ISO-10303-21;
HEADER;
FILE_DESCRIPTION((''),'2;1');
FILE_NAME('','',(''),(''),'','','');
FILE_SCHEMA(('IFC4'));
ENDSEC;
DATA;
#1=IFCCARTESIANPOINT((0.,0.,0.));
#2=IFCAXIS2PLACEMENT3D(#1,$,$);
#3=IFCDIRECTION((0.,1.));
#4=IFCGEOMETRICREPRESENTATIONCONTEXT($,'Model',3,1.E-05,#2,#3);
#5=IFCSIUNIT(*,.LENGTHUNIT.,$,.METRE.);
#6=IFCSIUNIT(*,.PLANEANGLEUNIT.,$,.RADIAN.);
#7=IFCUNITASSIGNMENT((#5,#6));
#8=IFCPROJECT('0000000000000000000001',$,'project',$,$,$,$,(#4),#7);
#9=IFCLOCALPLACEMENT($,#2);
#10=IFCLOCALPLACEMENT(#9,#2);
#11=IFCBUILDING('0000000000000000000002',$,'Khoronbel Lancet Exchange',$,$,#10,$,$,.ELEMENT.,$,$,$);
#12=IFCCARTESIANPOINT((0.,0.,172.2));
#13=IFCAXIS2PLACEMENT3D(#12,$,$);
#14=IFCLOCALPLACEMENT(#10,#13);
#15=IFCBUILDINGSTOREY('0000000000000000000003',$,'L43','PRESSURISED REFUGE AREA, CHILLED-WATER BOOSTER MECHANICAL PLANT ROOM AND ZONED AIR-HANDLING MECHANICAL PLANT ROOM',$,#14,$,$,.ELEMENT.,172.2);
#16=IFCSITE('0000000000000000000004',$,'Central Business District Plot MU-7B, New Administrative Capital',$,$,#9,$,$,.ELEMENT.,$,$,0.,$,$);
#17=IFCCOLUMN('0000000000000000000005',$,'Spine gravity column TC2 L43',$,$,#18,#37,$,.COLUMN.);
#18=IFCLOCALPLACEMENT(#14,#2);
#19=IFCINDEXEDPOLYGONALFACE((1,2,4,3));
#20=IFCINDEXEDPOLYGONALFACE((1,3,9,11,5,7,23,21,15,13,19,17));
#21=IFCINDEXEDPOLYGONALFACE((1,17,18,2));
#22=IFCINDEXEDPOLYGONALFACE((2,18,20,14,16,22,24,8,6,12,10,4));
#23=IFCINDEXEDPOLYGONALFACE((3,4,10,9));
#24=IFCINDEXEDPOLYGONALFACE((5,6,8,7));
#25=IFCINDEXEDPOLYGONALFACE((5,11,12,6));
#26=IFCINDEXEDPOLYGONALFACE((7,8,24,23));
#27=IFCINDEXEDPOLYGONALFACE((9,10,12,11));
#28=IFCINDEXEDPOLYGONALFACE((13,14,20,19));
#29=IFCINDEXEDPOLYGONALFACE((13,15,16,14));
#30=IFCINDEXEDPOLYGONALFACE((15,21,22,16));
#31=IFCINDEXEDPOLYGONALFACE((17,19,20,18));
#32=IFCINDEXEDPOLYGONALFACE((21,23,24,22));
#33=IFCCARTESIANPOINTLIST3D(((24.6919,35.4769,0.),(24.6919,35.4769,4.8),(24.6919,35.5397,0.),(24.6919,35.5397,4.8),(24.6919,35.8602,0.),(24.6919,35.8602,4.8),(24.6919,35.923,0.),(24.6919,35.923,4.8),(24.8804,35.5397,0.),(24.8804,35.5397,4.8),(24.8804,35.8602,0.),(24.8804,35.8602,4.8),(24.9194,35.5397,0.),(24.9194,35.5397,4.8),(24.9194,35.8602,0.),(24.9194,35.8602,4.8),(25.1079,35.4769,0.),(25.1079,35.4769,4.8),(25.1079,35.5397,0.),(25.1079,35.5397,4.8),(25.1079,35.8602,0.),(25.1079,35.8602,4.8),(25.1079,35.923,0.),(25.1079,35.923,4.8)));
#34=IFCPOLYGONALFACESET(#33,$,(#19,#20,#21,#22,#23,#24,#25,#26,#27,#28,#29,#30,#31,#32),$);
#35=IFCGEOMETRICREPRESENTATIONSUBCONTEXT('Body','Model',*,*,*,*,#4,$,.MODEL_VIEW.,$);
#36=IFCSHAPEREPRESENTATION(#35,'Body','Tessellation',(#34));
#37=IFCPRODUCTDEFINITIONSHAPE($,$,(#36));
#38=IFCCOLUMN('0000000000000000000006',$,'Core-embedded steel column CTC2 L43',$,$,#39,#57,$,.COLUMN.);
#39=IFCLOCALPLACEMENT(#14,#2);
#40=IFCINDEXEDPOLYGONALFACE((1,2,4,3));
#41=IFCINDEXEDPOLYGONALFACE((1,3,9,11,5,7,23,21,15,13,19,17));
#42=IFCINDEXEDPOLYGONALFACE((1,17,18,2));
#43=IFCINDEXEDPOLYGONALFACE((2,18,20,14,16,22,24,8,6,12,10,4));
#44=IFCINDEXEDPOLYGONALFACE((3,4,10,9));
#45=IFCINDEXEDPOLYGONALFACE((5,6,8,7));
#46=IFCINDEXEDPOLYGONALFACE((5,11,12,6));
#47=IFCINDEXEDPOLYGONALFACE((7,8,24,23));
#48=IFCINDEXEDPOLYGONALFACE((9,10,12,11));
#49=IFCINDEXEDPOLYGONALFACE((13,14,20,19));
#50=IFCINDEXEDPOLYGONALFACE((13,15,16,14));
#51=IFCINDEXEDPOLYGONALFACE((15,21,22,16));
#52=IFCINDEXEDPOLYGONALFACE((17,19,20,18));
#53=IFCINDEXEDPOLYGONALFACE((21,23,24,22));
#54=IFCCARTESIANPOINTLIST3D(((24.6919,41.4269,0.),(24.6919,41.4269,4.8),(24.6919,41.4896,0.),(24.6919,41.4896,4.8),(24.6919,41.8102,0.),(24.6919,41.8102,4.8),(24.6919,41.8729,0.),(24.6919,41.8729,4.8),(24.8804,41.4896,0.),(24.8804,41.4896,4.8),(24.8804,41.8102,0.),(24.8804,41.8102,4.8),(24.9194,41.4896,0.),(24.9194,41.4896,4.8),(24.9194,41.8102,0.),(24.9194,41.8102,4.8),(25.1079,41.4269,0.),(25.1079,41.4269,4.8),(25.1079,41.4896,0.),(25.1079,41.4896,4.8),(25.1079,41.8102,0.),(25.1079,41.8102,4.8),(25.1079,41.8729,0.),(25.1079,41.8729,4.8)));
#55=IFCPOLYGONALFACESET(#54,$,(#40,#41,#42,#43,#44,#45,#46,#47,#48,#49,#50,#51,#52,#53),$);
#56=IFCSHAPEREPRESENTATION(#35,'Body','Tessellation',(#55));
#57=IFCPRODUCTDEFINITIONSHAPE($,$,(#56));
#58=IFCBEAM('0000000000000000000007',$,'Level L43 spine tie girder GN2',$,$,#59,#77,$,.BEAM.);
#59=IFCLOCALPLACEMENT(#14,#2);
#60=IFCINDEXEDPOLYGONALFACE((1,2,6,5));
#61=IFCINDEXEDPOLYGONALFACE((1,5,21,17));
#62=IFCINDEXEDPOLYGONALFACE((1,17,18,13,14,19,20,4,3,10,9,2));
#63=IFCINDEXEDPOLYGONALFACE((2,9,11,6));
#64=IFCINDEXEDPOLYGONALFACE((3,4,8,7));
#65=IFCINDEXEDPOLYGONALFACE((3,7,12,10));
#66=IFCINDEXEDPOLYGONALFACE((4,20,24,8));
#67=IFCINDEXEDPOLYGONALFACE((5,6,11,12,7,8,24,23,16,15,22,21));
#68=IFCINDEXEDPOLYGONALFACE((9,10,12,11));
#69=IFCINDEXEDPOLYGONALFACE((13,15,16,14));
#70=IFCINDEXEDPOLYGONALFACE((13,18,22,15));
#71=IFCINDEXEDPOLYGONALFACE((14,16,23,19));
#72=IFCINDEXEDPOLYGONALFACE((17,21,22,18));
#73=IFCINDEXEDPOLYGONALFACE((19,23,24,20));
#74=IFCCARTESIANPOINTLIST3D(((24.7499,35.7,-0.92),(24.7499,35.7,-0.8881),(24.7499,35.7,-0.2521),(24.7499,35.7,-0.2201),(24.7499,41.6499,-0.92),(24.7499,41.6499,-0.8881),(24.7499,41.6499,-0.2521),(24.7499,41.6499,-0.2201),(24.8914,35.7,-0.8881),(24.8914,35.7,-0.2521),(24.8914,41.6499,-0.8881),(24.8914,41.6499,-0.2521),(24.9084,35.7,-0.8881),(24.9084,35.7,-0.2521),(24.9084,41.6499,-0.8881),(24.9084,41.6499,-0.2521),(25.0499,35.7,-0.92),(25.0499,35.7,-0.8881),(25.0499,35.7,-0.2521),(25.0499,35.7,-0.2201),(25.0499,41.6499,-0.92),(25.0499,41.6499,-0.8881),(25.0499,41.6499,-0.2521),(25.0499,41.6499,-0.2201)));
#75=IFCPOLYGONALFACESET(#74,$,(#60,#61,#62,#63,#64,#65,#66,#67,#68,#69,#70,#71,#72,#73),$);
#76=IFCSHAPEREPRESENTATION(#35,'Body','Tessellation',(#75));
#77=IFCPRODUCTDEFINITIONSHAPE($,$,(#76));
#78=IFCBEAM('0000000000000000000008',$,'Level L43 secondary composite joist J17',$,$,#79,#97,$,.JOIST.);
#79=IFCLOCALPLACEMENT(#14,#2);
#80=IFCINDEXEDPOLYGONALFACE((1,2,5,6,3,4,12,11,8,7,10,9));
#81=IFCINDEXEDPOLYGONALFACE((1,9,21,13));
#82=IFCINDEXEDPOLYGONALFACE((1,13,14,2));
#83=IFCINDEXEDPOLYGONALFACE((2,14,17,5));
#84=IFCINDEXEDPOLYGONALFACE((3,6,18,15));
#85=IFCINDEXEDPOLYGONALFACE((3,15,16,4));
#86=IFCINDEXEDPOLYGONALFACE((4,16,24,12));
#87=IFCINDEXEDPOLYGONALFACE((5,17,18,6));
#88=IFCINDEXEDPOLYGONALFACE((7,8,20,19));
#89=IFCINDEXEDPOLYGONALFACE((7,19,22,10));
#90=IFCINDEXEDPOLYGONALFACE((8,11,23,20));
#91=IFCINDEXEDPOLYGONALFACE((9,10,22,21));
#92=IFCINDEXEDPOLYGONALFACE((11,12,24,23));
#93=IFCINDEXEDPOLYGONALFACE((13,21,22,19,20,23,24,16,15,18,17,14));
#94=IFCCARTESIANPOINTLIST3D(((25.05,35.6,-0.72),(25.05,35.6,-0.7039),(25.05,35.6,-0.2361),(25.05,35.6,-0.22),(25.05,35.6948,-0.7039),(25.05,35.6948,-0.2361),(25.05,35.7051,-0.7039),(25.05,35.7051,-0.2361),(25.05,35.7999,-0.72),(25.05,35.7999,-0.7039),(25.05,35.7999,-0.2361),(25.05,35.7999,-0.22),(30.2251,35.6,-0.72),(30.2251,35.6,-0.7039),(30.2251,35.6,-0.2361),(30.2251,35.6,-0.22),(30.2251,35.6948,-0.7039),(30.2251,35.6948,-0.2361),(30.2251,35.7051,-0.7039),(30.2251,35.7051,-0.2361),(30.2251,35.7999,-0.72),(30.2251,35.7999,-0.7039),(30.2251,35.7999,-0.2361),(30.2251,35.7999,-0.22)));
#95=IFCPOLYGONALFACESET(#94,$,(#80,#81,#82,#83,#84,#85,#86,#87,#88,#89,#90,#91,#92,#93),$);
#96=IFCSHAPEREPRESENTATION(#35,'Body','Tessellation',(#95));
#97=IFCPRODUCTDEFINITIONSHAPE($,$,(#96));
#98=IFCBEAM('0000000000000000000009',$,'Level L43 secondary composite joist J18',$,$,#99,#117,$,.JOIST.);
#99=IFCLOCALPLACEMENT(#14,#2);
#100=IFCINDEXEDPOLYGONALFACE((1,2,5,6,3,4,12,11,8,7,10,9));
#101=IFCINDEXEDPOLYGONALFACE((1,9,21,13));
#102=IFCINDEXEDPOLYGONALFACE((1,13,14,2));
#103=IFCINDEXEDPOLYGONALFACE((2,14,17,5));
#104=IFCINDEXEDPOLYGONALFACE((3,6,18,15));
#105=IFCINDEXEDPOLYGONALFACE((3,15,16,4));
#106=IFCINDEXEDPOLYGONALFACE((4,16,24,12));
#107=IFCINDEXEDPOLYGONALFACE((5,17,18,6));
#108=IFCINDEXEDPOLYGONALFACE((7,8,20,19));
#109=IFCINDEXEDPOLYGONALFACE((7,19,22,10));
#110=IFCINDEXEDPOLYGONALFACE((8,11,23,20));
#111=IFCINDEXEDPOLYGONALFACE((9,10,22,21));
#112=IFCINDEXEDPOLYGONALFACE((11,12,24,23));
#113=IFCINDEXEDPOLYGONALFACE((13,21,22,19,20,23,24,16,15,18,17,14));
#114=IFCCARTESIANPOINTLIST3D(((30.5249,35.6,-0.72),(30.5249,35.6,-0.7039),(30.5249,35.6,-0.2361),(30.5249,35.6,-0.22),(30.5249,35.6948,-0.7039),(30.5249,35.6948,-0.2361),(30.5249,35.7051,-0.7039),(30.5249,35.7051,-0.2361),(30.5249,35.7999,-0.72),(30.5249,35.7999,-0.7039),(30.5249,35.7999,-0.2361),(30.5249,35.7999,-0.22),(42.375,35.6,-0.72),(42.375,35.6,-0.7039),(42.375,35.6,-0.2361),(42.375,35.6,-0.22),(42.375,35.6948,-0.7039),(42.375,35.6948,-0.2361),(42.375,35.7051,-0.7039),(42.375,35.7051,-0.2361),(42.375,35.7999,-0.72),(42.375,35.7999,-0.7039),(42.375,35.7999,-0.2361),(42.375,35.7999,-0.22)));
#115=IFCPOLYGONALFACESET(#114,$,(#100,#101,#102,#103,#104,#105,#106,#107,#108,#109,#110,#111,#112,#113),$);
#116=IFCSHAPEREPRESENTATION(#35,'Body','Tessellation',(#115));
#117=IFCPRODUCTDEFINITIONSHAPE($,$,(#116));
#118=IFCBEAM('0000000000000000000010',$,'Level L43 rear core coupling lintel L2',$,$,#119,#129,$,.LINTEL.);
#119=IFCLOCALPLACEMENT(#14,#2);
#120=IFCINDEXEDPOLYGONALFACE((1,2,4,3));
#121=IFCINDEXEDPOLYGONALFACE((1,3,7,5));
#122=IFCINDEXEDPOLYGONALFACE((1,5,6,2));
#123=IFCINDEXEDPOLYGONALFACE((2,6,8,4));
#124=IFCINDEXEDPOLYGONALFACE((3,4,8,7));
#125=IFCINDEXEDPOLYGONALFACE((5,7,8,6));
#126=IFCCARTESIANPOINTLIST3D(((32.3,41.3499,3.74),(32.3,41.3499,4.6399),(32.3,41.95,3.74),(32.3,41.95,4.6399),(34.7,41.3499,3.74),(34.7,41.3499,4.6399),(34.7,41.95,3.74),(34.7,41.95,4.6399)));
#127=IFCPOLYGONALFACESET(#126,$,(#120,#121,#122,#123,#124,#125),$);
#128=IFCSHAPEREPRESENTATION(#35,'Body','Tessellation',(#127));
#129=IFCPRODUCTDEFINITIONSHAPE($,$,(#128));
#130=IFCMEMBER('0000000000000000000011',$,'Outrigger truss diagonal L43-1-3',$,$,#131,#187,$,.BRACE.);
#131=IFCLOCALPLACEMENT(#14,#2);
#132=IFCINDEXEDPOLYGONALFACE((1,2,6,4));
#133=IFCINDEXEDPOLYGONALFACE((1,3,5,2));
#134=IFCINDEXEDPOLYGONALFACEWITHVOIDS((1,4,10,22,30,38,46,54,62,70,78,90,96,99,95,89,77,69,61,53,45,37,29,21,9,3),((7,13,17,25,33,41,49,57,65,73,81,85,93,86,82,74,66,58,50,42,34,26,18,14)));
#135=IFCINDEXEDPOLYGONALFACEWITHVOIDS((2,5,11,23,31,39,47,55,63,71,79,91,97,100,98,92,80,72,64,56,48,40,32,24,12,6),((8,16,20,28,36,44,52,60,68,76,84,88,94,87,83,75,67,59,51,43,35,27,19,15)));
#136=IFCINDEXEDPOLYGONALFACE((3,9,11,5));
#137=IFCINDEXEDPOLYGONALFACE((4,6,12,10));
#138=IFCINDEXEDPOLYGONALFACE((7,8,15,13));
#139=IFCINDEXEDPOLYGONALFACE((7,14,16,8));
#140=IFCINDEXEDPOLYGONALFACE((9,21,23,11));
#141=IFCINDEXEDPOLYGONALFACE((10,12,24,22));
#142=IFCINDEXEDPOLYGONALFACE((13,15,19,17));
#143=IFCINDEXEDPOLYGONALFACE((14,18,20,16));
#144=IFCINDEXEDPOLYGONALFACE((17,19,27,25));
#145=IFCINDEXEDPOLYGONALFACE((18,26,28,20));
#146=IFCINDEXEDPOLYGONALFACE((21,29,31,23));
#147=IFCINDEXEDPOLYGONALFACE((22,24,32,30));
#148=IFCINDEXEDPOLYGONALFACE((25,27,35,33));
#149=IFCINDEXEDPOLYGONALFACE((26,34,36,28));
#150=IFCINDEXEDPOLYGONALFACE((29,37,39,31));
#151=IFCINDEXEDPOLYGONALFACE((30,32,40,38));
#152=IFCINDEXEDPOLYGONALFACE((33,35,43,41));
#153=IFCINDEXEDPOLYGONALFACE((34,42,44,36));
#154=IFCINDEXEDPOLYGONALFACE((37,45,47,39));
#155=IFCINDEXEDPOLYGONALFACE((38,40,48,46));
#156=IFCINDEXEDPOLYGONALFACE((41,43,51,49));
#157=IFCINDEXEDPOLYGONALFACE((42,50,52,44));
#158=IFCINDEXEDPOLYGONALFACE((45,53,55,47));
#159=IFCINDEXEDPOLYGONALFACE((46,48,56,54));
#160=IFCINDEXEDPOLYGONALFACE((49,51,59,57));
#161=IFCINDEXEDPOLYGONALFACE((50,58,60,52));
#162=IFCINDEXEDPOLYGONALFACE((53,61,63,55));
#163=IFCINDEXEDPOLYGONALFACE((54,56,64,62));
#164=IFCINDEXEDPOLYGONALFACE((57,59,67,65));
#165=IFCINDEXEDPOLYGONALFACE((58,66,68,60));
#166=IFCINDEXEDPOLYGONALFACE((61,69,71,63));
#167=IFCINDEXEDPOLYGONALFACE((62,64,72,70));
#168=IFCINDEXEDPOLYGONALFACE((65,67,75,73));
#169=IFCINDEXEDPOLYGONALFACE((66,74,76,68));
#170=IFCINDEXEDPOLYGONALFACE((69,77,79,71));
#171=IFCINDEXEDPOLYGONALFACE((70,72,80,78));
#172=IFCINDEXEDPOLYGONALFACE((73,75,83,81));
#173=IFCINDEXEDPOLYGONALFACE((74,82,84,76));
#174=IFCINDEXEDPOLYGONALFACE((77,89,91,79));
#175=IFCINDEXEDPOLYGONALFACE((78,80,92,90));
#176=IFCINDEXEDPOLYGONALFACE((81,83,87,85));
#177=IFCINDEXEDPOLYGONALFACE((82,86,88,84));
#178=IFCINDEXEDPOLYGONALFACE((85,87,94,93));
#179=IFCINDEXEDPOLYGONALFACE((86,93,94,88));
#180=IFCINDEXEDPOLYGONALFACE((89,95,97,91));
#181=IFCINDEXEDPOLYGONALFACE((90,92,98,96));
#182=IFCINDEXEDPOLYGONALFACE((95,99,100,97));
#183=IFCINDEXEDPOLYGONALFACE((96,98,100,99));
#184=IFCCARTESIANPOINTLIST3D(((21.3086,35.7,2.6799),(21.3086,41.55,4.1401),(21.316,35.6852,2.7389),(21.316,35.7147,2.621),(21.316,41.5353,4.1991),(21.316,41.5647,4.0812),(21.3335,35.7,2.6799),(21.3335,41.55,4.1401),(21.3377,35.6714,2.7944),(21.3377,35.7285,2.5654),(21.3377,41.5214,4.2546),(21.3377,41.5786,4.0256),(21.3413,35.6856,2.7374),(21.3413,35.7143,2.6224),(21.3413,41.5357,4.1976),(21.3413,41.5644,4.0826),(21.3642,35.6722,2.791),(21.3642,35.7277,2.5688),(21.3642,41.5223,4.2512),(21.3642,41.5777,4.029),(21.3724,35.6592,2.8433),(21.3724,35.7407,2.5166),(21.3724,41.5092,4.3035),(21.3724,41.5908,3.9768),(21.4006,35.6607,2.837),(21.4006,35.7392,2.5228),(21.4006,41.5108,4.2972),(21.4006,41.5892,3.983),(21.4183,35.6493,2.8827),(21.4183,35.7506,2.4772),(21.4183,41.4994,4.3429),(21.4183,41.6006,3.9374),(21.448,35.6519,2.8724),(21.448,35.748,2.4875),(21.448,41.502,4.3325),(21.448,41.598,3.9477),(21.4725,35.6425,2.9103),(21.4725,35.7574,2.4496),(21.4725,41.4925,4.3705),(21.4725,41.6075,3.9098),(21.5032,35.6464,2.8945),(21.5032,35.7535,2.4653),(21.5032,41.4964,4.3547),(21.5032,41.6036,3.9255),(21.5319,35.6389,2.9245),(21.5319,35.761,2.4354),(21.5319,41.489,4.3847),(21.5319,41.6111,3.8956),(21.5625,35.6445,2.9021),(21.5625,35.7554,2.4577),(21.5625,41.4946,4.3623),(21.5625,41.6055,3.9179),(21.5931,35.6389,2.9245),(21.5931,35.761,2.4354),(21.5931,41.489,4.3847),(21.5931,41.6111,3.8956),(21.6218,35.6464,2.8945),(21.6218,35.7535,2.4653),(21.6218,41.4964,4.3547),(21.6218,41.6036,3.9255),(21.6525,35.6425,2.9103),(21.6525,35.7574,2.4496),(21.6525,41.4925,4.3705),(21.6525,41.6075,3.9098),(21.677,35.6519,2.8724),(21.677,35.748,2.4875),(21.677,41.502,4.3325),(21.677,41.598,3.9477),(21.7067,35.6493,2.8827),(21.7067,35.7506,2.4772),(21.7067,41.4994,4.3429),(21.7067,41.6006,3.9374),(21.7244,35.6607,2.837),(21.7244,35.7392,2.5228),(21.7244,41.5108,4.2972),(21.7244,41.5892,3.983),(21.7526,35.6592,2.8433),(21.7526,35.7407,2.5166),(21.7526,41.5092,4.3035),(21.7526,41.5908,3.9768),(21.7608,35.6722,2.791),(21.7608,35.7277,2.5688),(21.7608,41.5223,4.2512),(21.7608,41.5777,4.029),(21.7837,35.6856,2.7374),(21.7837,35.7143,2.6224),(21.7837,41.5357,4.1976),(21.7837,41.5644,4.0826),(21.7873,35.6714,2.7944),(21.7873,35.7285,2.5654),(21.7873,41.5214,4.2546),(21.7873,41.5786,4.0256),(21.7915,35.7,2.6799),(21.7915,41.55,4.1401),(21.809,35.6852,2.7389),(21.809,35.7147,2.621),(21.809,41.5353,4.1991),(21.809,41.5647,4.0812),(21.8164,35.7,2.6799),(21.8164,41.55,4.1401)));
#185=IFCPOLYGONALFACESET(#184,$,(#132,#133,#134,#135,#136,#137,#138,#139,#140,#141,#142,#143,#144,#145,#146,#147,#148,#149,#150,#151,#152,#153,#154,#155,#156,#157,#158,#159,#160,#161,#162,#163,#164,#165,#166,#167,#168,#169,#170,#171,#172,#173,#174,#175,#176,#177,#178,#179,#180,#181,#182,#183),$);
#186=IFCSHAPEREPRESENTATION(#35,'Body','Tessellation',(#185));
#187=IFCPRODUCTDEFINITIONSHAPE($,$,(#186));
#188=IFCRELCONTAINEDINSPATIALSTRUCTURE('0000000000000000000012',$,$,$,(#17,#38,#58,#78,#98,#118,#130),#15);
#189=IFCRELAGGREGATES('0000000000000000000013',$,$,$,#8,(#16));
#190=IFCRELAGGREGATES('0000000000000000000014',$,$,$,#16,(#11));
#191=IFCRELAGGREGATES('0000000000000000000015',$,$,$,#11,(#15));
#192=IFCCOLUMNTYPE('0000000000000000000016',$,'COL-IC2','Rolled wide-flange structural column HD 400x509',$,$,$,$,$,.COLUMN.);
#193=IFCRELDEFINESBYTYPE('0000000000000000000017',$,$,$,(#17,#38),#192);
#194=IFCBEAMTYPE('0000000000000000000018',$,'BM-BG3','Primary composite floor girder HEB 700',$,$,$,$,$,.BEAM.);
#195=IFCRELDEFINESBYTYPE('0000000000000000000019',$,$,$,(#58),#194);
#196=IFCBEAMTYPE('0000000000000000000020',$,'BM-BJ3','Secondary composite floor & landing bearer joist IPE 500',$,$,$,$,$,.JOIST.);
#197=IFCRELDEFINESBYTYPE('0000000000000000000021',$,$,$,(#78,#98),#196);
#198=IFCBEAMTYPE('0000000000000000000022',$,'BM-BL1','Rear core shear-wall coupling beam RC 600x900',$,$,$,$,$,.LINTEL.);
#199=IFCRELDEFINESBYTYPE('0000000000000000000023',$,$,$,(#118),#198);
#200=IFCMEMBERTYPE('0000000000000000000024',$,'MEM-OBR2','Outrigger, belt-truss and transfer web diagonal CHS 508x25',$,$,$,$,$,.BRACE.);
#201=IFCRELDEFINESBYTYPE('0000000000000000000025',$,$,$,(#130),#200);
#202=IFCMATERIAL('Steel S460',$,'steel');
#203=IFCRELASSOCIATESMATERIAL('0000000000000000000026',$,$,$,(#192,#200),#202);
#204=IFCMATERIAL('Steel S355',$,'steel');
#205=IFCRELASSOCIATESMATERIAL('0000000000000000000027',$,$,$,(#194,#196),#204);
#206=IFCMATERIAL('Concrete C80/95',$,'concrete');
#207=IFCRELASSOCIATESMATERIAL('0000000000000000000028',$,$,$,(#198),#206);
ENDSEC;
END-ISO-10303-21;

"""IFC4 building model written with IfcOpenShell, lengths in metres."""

from ifc_helpers import new_model, si_unit, direction, frame, origin, origin_2d, place, context, subcontext, project, spatial, rectangle, hollow_circle, i_section, extrude, material, material_profile, profile_set, type_object, element, save


model = new_model("IFC4")

# Units and contexts
model_context = context("Model", 3, precision=1e-05, world=origin(), true_north=direction((0.0, 1.0)))
body_context = subcontext(model_context, "Body", "Model", "MODEL_VIEW")
ifc_project = project(units=[si_unit("LENGTHUNIT", "METRE"), si_unit("PLANEANGLEUNIT", "RADIAN")], contexts=[model_context])

# Site, building, storey
site_placement = place(None, origin())
site = spatial("IfcSite", under=ifc_project, at=site_placement, Name="Central Business District Plot MU-7B, New Administrative Capital", CompositionType="ELEMENT", RefElevation=0.0)
building_placement = place(site_placement, origin())
building = spatial("IfcBuilding", under=site, at=building_placement, Name="Khoronbel Lancet Exchange", CompositionType="ELEMENT")
storey_placement = place(building_placement, frame((0.0, 0.0, 172.2)))
storey = spatial("IfcBuildingStorey", under=building, at=storey_placement, Name="L43", Description="PRESSURISED REFUGE AREA, CHILLED-WATER BOOSTER MECHANICAL PLANT ROOM AND ZONED AIR-HANDLING MECHANICAL PLANT ROOM", CompositionType="ELEMENT", Elevation=172.2)

# Columns
ifc_material_1 = material(Name="Steel S460", Category="steel")
ifc_material_profile_1 = material_profile(ifc_material_1, i_section(OverallWidth=0.416, OverallDepth=0.446, WebThickness=0.0391, FlangeThickness=0.0627, at=origin_2d()), Name="HD 400x509")
ifc_profile_set_1 = profile_set([ifc_material_profile_1], Name="Steel S460")
column_type = type_object("IfcColumnType", Name="COL-IC2", Description="Rolled wide-flange structural column HD 400x509", PredefinedType="COLUMN", material=ifc_profile_set_1)
for number, where, z_axis, x_axis, name in (
    (1, (24.8999, 35.7, 0.0), (0.0, 0.0, 1.0), (1.0, 0.0, 0.0), "Spine gravity column TC2 L43"),
    (2, (24.8999, 41.6499, 0.0), (0.0, 0.0, 1.0), (1.0, 0.0, 0.0), "Core-embedded steel column CTC2 L43"),
):
    element("IfcColumn", number, at=place(storey_placement, frame(where, z_axis=z_axis, x_axis=x_axis)), inside=storey, type_object=column_type, Name=name, PredefinedType="COLUMN", context=body_context, shape_type="SweptSolid", body=[
        extrude(i_section(OverallWidth=0.416, OverallDepth=0.446, WebThickness=0.0391, FlangeThickness=0.0627, at=origin_2d()), origin(), (0.0, 0.0, 1.0), 4.8),
    ])

# Beams
ifc_material_2 = material(Name="Steel S355", Category="steel")
ifc_material_profile_2 = material_profile(ifc_material_2, i_section(OverallWidth=0.3, OverallDepth=0.7, WebThickness=0.0171, FlangeThickness=0.032, at=origin_2d()), Name="HEB 700")
ifc_profile_set_2 = profile_set([ifc_material_profile_2], Name="Steel S355")
beam_type_1 = type_object("IfcBeamType", Name="BM-BG3", Description="Primary composite floor girder HEB 700", PredefinedType="BEAM", material=ifc_profile_set_2)
beam_1_placement = place(storey_placement, frame((24.8999, 35.7, -0.5701), z_axis=(0.0, 1.0, 0.0), x_axis=(-1.0, 0.0, 0.0)))
element("IfcBeam", 3, at=beam_1_placement, inside=storey, type_object=beam_type_1, Name="Level L43 spine tie girder GN2", PredefinedType="BEAM", context=body_context, shape_type="SweptSolid", body=[
    extrude(i_section(OverallWidth=0.3, OverallDepth=0.7, WebThickness=0.0171, FlangeThickness=0.032, at=origin_2d()), origin(), (0.0, 0.0, 1.0), 5.95),
])
ifc_material_profile_3 = material_profile(ifc_material_2, i_section(OverallWidth=0.2, OverallDepth=0.5, WebThickness=0.0103, FlangeThickness=0.0161, at=origin_2d()), Name="IPE 500")
ifc_profile_set_3 = profile_set([ifc_material_profile_3], Name="Steel S355")
beam_type_2 = type_object("IfcBeamType", Name="BM-BJ3", Description="Secondary composite floor & landing bearer joist IPE 500", PredefinedType="JOIST", material=ifc_profile_set_3)
beam_2_placement = place(storey_placement, frame((25.05, 35.7, -0.47), z_axis=(1.0, 0.0, 0.0), x_axis=(0.0, 1.0, 0.0)))
element("IfcBeam", 4, at=beam_2_placement, inside=storey, type_object=beam_type_2, Name="Level L43 secondary composite joist J17", PredefinedType="JOIST", context=body_context, shape_type="SweptSolid", body=[
    extrude(i_section(OverallWidth=0.2, OverallDepth=0.5, WebThickness=0.0103, FlangeThickness=0.0161, at=origin_2d()), origin(), (0.0, 0.0, 1.0), 5.175),
])
beam_3_placement = place(storey_placement, frame((30.5249, 35.7, -0.47), z_axis=(1.0, 0.0, 0.0), x_axis=(0.0, 1.0, 0.0)))
element("IfcBeam", 5, at=beam_3_placement, inside=storey, type_object=beam_type_2, Name="Level L43 secondary composite joist J18", PredefinedType="JOIST", context=body_context, shape_type="SweptSolid", body=[
    extrude(i_section(OverallWidth=0.2, OverallDepth=0.5, WebThickness=0.0103, FlangeThickness=0.0161, at=origin_2d()), origin(), (0.0, 0.0, 1.0), 11.8501),
])
ifc_material_3 = material(Name="Concrete C80/95", Category="concrete")
ifc_material_profile_4 = material_profile(ifc_material_3, rectangle(XDim=0.6001, YDim=0.8999, at=origin_2d()), Name="RC 600x900")
ifc_profile_set_4 = profile_set([ifc_material_profile_4], Name="Concrete C80/95")
beam_type_3 = type_object("IfcBeamType", Name="BM-BL1", Description="Rear core shear-wall coupling beam RC 600x900", PredefinedType="LINTEL", material=ifc_profile_set_4)
beam_4_placement = place(storey_placement, frame((32.3, 41.6499, 4.1899), z_axis=(1.0, 0.0, 0.0), x_axis=(0.0, 1.0, 0.0)))
element("IfcBeam", 6, at=beam_4_placement, inside=storey, type_object=beam_type_3, Name="Level L43 rear core coupling lintel L2", PredefinedType="LINTEL", context=body_context, shape_type="SweptSolid", body=[
    extrude(rectangle(XDim=0.6001, YDim=0.8999, at=origin_2d()), origin(), (0.0, 0.0, 1.0), 2.3999),
])

# Member
ifc_material_profile_5 = material_profile(ifc_material_1, hollow_circle(Radius=0.2539, WallThickness=0.0249, at=origin_2d()), Name="CHS 508x25")
ifc_profile_set_5 = profile_set([ifc_material_profile_5], Name="Steel S460")
member_type_1 = type_object("IfcMemberType", Name="MEM-OBR2", Description="Outrigger, belt-truss and transfer web diagonal CHS 508x25", PredefinedType="BRACE", material=ifc_profile_set_5)
for number, where, z_axis, x_axis, name in (
    (7, (21.5625, 35.7, 2.6799), (0.0, 0.970233, 0.242174), (-1.0, 0.0, 0.0), "Outrigger truss diagonal L43-1-3"),
):
    element("IfcMember", number, at=place(storey_placement, frame(where, z_axis=z_axis, x_axis=x_axis)), inside=storey, type_object=member_type_1, Name=name, PredefinedType="BRACE", context=body_context, shape_type="SweptSolid", body=[
        extrude(hollow_circle(Radius=0.2539, WallThickness=0.0249, at=origin_2d()), origin(), (0.0, 0.0, 1.0), 6.0295),
    ])

save(model, "model.ifc")
